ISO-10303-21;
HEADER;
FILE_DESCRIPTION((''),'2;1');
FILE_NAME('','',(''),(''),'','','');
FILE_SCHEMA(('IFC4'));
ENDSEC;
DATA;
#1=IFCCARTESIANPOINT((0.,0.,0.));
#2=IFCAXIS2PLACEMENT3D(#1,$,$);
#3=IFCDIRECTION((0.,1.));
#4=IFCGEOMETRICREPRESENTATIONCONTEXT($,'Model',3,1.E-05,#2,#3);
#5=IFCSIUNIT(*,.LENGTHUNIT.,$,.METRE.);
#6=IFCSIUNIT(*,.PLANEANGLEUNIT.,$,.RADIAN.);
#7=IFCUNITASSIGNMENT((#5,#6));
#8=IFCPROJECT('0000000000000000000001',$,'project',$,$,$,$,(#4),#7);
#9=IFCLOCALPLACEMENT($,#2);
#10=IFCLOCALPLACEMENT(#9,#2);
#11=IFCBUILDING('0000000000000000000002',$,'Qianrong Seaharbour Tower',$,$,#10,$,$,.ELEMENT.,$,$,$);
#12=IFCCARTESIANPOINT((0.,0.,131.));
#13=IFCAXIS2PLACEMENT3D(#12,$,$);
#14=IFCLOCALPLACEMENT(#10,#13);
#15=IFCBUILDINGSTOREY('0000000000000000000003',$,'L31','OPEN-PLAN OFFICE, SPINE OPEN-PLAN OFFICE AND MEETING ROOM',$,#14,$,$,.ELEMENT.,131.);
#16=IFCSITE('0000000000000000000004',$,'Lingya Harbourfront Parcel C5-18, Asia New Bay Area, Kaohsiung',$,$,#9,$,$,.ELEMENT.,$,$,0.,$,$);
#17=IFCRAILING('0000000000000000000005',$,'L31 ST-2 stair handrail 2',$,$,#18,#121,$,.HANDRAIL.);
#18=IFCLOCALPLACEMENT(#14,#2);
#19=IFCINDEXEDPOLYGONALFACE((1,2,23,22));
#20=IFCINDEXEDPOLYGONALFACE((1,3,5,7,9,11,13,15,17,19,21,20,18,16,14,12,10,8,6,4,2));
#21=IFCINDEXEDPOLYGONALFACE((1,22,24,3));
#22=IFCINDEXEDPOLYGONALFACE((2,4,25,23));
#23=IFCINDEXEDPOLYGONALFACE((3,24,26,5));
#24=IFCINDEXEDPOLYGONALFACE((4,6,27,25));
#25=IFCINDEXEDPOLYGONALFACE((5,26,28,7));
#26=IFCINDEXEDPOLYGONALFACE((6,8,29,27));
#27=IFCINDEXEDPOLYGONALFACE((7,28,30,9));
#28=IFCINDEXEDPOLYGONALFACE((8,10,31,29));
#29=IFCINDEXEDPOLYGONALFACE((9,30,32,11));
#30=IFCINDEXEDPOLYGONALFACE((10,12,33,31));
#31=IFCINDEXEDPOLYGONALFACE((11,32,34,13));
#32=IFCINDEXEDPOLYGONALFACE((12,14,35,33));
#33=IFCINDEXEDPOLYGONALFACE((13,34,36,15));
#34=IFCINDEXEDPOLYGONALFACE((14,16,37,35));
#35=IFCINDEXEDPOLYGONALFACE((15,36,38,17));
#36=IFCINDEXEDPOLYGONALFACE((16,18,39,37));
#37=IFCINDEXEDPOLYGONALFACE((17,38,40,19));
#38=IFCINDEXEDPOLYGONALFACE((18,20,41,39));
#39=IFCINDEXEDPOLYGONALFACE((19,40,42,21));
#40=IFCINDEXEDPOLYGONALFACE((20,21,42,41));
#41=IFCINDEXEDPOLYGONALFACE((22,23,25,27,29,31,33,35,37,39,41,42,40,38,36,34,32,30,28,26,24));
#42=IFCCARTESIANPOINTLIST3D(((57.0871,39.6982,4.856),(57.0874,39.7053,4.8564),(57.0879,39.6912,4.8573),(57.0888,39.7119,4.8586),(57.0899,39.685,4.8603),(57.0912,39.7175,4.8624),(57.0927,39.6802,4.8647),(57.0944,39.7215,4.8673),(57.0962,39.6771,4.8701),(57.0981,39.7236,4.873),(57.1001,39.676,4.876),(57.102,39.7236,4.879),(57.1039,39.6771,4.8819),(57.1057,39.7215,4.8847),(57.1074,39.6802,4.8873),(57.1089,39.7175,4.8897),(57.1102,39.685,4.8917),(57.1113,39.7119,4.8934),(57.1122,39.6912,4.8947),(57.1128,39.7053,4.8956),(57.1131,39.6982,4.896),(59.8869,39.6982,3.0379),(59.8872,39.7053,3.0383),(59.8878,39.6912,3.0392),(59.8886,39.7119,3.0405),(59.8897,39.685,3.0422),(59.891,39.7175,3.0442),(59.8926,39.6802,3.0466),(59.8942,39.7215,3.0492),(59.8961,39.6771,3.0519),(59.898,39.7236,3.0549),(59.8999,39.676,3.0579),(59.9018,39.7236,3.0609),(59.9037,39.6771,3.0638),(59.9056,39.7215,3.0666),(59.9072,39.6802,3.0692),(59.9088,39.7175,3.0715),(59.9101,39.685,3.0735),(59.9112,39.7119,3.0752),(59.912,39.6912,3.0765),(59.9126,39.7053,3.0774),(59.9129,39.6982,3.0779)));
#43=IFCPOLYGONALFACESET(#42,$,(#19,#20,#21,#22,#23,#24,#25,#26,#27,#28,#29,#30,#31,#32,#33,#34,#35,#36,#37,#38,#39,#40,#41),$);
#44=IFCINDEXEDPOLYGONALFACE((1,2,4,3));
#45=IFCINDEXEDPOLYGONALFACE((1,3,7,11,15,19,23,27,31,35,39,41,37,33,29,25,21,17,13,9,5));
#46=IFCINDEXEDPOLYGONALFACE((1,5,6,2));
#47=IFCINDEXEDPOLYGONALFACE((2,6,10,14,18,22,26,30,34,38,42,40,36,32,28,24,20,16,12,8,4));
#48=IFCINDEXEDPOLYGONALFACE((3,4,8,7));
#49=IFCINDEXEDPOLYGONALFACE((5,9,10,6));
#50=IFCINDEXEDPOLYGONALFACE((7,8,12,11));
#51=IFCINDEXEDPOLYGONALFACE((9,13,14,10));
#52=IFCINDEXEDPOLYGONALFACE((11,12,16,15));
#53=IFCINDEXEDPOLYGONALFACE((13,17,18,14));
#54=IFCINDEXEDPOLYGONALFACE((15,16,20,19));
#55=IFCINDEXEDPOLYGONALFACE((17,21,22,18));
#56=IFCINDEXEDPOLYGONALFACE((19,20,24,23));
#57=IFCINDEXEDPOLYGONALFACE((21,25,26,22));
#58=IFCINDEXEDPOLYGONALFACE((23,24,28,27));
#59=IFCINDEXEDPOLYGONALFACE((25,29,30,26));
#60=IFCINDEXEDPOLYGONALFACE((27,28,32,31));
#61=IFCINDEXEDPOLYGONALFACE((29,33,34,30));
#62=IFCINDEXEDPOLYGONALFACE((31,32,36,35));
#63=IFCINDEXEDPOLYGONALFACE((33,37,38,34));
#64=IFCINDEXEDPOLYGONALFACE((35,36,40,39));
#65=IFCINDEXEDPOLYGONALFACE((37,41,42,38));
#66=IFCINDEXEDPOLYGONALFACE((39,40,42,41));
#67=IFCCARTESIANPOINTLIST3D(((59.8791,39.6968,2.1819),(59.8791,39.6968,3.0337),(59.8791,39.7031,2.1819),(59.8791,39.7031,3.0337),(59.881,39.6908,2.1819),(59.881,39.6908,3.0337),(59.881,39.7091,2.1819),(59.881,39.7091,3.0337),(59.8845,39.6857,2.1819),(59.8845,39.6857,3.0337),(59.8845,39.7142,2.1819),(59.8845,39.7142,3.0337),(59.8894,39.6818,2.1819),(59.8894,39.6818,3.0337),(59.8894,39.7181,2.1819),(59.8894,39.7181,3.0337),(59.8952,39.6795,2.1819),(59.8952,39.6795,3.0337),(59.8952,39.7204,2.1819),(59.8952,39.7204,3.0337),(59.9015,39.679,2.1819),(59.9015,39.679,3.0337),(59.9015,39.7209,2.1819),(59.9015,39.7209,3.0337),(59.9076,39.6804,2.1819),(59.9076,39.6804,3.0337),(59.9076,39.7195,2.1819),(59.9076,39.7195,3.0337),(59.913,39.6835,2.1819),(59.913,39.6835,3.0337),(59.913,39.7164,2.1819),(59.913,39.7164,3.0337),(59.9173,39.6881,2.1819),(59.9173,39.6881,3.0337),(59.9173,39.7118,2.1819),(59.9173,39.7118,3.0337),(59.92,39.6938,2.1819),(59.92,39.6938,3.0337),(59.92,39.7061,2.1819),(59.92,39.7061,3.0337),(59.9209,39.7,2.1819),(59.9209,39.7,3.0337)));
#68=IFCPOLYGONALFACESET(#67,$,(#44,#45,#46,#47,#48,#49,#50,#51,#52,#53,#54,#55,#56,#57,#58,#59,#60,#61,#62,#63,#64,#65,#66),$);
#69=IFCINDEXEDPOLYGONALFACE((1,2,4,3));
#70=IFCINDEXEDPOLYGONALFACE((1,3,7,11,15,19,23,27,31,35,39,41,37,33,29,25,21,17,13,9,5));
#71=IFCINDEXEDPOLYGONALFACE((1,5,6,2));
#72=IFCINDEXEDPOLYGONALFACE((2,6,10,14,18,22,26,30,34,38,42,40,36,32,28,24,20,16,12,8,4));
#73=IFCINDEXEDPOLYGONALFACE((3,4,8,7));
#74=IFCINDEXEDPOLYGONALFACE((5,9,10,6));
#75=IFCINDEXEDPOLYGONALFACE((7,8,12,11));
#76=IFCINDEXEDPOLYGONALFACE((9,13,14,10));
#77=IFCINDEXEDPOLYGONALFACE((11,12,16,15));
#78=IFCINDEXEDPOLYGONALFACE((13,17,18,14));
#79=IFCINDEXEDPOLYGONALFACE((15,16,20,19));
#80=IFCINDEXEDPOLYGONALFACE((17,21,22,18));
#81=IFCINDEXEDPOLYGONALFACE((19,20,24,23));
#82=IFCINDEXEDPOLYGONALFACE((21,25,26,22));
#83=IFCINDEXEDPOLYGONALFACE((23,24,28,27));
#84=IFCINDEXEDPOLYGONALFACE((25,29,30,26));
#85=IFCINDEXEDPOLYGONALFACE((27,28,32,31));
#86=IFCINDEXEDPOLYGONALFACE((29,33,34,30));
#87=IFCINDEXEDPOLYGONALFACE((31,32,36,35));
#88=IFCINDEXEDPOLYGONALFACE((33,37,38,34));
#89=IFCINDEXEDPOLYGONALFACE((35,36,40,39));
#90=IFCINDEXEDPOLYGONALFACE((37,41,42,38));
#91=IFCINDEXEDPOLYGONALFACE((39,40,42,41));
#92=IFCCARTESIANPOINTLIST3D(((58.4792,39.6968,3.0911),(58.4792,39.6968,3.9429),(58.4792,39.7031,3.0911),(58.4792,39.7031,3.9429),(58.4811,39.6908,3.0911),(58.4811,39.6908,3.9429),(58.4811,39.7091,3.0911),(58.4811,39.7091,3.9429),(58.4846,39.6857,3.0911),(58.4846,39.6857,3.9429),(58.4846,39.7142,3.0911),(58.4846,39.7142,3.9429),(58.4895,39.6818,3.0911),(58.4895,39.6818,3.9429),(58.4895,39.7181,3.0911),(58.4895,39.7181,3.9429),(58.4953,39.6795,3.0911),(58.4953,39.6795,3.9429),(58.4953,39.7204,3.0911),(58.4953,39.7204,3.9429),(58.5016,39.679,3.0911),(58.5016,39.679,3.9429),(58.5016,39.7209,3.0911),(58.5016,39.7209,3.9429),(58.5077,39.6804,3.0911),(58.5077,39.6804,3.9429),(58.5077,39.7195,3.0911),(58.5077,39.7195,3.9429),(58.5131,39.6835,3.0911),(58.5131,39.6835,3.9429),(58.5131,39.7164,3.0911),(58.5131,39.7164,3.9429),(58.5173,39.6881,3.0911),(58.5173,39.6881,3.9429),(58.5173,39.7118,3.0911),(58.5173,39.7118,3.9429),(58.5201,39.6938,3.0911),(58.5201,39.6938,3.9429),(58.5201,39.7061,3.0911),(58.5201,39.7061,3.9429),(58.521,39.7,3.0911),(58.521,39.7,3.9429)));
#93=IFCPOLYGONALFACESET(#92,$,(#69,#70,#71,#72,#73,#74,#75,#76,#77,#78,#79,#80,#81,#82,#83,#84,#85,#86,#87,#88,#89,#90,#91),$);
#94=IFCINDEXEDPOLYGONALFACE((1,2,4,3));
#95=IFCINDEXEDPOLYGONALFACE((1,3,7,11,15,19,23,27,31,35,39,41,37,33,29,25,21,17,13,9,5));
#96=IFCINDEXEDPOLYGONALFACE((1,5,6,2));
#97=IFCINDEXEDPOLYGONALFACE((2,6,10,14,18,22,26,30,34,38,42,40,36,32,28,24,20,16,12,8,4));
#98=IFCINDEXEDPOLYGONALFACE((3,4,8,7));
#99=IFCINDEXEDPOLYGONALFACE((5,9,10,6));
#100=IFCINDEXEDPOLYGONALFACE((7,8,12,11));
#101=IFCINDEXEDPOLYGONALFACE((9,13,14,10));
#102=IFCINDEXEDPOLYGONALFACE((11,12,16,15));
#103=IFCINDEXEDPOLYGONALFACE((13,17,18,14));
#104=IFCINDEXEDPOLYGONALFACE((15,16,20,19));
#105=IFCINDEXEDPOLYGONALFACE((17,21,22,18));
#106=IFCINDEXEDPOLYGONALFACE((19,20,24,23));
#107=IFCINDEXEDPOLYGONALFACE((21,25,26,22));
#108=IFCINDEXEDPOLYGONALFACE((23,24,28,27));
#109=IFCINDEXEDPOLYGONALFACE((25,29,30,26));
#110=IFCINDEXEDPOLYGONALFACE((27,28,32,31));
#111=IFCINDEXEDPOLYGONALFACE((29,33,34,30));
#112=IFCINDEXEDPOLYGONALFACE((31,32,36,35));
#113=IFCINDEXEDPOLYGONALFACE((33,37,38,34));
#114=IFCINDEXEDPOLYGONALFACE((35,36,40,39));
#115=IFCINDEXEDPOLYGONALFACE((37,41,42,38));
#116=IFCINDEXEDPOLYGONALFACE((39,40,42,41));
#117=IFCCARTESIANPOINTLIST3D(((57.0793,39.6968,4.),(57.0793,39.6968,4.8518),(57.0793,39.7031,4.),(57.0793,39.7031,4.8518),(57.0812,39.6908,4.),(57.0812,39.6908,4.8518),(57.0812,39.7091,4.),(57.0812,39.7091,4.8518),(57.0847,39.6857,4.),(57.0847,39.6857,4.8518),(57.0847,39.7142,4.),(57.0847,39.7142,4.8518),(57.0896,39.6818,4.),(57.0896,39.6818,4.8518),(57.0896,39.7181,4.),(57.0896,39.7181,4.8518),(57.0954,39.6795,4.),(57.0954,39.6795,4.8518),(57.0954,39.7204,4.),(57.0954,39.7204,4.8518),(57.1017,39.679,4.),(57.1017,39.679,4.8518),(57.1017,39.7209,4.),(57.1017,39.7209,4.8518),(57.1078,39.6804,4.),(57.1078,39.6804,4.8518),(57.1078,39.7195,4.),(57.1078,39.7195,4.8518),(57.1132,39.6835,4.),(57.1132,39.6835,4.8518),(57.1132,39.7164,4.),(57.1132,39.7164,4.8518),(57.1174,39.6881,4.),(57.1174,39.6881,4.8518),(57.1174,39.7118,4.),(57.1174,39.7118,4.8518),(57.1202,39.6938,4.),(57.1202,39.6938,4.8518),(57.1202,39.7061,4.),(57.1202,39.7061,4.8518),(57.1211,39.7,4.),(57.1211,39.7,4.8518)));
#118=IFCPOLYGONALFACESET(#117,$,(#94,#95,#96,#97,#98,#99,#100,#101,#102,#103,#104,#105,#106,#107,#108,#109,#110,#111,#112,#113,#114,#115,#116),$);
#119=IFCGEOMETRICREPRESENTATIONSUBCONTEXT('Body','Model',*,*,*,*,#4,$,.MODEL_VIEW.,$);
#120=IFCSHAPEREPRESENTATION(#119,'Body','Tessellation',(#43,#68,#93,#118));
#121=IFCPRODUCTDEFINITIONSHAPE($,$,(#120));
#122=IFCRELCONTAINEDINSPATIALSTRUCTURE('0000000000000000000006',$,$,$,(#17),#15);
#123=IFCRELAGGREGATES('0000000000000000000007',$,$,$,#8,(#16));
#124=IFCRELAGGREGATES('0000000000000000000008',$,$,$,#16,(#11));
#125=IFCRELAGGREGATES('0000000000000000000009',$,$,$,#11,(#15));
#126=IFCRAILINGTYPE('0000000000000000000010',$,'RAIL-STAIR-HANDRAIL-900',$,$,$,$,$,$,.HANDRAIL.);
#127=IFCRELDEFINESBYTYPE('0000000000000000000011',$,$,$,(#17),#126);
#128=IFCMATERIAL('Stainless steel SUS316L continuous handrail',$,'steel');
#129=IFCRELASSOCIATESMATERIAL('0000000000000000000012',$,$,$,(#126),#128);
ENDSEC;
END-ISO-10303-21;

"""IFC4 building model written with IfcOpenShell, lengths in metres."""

from ifc_helpers import new_model, si_unit, direction, frame, origin, origin_2d, place, context, subcontext, project, spatial, circle, extrude, material, type_object, element, save


model = new_model("IFC4")

# Units and contexts
model_context = context("Model", 3, precision=1e-05, world=origin(), true_north=direction((0.0, 1.0)))
body_context = subcontext(model_context, "Body", "Model", "MODEL_VIEW")
ifc_project = project(units=[si_unit("LENGTHUNIT", "METRE"), si_unit("PLANEANGLEUNIT", "RADIAN")], contexts=[model_context])

# Site, building, storey
site_placement = place(None, origin())
site = spatial("IfcSite", under=ifc_project, at=site_placement, Name="Lingya Harbourfront Parcel C5-18, Asia New Bay Area, Kaohsiung", CompositionType="ELEMENT", RefElevation=0.0)
building_placement = place(site_placement, origin())
building = spatial("IfcBuilding", under=site, at=building_placement, Name="Qianrong Seaharbour Tower", CompositionType="ELEMENT")
storey_placement = place(building_placement, frame((0.0, 0.0, 131.0)))
storey = spatial("IfcBuildingStorey", under=building, at=storey_placement, Name="L31", Description="OPEN-PLAN OFFICE, SPINE OPEN-PLAN OFFICE AND MEETING ROOM", CompositionType="ELEMENT", Elevation=131.0)

# Railing
ifc_material_1 = material(Name="Stainless steel SUS316L continuous handrail", Category="steel")
railing_type_1 = type_object("IfcRailingType", Name="RAIL-STAIR-HANDRAIL-900", PredefinedType="HANDRAIL", material=ifc_material_1)
railing_1_placement = place(storey_placement, frame((59.8999, 39.7, 2.1819)))
element("IfcRailing", 1, at=railing_1_placement, inside=storey, type_object=railing_type_1, Name="L31 ST-2 stair handrail 2", PredefinedType="HANDRAIL", context=body_context, shape_type="SweptSolid", body=[
    extrude(circle(Radius=0.0239, at=origin_2d()), frame((0.0, 0.0, 0.876), z_axis=(-0.838684, 0.0, 0.544618), x_axis=(0.0, -1.0, 0.0)), (0.0, 0.0, 1.0), 3.3384),
    extrude(circle(Radius=0.021, at=origin_2d()), origin(), (0.0, 0.0, 1.0), 0.8518),
    extrude(circle(Radius=0.021, at=origin_2d()), frame((-1.3999, 0.0, 0.9092)), (0.0, 0.0, 1.0), 0.8518),
    extrude(circle(Radius=0.021, at=origin_2d()), frame((-2.7998, 0.0, 1.8181)), (0.0, 0.0, 1.0), 0.8518),
])

save(model, "model.ifc")
